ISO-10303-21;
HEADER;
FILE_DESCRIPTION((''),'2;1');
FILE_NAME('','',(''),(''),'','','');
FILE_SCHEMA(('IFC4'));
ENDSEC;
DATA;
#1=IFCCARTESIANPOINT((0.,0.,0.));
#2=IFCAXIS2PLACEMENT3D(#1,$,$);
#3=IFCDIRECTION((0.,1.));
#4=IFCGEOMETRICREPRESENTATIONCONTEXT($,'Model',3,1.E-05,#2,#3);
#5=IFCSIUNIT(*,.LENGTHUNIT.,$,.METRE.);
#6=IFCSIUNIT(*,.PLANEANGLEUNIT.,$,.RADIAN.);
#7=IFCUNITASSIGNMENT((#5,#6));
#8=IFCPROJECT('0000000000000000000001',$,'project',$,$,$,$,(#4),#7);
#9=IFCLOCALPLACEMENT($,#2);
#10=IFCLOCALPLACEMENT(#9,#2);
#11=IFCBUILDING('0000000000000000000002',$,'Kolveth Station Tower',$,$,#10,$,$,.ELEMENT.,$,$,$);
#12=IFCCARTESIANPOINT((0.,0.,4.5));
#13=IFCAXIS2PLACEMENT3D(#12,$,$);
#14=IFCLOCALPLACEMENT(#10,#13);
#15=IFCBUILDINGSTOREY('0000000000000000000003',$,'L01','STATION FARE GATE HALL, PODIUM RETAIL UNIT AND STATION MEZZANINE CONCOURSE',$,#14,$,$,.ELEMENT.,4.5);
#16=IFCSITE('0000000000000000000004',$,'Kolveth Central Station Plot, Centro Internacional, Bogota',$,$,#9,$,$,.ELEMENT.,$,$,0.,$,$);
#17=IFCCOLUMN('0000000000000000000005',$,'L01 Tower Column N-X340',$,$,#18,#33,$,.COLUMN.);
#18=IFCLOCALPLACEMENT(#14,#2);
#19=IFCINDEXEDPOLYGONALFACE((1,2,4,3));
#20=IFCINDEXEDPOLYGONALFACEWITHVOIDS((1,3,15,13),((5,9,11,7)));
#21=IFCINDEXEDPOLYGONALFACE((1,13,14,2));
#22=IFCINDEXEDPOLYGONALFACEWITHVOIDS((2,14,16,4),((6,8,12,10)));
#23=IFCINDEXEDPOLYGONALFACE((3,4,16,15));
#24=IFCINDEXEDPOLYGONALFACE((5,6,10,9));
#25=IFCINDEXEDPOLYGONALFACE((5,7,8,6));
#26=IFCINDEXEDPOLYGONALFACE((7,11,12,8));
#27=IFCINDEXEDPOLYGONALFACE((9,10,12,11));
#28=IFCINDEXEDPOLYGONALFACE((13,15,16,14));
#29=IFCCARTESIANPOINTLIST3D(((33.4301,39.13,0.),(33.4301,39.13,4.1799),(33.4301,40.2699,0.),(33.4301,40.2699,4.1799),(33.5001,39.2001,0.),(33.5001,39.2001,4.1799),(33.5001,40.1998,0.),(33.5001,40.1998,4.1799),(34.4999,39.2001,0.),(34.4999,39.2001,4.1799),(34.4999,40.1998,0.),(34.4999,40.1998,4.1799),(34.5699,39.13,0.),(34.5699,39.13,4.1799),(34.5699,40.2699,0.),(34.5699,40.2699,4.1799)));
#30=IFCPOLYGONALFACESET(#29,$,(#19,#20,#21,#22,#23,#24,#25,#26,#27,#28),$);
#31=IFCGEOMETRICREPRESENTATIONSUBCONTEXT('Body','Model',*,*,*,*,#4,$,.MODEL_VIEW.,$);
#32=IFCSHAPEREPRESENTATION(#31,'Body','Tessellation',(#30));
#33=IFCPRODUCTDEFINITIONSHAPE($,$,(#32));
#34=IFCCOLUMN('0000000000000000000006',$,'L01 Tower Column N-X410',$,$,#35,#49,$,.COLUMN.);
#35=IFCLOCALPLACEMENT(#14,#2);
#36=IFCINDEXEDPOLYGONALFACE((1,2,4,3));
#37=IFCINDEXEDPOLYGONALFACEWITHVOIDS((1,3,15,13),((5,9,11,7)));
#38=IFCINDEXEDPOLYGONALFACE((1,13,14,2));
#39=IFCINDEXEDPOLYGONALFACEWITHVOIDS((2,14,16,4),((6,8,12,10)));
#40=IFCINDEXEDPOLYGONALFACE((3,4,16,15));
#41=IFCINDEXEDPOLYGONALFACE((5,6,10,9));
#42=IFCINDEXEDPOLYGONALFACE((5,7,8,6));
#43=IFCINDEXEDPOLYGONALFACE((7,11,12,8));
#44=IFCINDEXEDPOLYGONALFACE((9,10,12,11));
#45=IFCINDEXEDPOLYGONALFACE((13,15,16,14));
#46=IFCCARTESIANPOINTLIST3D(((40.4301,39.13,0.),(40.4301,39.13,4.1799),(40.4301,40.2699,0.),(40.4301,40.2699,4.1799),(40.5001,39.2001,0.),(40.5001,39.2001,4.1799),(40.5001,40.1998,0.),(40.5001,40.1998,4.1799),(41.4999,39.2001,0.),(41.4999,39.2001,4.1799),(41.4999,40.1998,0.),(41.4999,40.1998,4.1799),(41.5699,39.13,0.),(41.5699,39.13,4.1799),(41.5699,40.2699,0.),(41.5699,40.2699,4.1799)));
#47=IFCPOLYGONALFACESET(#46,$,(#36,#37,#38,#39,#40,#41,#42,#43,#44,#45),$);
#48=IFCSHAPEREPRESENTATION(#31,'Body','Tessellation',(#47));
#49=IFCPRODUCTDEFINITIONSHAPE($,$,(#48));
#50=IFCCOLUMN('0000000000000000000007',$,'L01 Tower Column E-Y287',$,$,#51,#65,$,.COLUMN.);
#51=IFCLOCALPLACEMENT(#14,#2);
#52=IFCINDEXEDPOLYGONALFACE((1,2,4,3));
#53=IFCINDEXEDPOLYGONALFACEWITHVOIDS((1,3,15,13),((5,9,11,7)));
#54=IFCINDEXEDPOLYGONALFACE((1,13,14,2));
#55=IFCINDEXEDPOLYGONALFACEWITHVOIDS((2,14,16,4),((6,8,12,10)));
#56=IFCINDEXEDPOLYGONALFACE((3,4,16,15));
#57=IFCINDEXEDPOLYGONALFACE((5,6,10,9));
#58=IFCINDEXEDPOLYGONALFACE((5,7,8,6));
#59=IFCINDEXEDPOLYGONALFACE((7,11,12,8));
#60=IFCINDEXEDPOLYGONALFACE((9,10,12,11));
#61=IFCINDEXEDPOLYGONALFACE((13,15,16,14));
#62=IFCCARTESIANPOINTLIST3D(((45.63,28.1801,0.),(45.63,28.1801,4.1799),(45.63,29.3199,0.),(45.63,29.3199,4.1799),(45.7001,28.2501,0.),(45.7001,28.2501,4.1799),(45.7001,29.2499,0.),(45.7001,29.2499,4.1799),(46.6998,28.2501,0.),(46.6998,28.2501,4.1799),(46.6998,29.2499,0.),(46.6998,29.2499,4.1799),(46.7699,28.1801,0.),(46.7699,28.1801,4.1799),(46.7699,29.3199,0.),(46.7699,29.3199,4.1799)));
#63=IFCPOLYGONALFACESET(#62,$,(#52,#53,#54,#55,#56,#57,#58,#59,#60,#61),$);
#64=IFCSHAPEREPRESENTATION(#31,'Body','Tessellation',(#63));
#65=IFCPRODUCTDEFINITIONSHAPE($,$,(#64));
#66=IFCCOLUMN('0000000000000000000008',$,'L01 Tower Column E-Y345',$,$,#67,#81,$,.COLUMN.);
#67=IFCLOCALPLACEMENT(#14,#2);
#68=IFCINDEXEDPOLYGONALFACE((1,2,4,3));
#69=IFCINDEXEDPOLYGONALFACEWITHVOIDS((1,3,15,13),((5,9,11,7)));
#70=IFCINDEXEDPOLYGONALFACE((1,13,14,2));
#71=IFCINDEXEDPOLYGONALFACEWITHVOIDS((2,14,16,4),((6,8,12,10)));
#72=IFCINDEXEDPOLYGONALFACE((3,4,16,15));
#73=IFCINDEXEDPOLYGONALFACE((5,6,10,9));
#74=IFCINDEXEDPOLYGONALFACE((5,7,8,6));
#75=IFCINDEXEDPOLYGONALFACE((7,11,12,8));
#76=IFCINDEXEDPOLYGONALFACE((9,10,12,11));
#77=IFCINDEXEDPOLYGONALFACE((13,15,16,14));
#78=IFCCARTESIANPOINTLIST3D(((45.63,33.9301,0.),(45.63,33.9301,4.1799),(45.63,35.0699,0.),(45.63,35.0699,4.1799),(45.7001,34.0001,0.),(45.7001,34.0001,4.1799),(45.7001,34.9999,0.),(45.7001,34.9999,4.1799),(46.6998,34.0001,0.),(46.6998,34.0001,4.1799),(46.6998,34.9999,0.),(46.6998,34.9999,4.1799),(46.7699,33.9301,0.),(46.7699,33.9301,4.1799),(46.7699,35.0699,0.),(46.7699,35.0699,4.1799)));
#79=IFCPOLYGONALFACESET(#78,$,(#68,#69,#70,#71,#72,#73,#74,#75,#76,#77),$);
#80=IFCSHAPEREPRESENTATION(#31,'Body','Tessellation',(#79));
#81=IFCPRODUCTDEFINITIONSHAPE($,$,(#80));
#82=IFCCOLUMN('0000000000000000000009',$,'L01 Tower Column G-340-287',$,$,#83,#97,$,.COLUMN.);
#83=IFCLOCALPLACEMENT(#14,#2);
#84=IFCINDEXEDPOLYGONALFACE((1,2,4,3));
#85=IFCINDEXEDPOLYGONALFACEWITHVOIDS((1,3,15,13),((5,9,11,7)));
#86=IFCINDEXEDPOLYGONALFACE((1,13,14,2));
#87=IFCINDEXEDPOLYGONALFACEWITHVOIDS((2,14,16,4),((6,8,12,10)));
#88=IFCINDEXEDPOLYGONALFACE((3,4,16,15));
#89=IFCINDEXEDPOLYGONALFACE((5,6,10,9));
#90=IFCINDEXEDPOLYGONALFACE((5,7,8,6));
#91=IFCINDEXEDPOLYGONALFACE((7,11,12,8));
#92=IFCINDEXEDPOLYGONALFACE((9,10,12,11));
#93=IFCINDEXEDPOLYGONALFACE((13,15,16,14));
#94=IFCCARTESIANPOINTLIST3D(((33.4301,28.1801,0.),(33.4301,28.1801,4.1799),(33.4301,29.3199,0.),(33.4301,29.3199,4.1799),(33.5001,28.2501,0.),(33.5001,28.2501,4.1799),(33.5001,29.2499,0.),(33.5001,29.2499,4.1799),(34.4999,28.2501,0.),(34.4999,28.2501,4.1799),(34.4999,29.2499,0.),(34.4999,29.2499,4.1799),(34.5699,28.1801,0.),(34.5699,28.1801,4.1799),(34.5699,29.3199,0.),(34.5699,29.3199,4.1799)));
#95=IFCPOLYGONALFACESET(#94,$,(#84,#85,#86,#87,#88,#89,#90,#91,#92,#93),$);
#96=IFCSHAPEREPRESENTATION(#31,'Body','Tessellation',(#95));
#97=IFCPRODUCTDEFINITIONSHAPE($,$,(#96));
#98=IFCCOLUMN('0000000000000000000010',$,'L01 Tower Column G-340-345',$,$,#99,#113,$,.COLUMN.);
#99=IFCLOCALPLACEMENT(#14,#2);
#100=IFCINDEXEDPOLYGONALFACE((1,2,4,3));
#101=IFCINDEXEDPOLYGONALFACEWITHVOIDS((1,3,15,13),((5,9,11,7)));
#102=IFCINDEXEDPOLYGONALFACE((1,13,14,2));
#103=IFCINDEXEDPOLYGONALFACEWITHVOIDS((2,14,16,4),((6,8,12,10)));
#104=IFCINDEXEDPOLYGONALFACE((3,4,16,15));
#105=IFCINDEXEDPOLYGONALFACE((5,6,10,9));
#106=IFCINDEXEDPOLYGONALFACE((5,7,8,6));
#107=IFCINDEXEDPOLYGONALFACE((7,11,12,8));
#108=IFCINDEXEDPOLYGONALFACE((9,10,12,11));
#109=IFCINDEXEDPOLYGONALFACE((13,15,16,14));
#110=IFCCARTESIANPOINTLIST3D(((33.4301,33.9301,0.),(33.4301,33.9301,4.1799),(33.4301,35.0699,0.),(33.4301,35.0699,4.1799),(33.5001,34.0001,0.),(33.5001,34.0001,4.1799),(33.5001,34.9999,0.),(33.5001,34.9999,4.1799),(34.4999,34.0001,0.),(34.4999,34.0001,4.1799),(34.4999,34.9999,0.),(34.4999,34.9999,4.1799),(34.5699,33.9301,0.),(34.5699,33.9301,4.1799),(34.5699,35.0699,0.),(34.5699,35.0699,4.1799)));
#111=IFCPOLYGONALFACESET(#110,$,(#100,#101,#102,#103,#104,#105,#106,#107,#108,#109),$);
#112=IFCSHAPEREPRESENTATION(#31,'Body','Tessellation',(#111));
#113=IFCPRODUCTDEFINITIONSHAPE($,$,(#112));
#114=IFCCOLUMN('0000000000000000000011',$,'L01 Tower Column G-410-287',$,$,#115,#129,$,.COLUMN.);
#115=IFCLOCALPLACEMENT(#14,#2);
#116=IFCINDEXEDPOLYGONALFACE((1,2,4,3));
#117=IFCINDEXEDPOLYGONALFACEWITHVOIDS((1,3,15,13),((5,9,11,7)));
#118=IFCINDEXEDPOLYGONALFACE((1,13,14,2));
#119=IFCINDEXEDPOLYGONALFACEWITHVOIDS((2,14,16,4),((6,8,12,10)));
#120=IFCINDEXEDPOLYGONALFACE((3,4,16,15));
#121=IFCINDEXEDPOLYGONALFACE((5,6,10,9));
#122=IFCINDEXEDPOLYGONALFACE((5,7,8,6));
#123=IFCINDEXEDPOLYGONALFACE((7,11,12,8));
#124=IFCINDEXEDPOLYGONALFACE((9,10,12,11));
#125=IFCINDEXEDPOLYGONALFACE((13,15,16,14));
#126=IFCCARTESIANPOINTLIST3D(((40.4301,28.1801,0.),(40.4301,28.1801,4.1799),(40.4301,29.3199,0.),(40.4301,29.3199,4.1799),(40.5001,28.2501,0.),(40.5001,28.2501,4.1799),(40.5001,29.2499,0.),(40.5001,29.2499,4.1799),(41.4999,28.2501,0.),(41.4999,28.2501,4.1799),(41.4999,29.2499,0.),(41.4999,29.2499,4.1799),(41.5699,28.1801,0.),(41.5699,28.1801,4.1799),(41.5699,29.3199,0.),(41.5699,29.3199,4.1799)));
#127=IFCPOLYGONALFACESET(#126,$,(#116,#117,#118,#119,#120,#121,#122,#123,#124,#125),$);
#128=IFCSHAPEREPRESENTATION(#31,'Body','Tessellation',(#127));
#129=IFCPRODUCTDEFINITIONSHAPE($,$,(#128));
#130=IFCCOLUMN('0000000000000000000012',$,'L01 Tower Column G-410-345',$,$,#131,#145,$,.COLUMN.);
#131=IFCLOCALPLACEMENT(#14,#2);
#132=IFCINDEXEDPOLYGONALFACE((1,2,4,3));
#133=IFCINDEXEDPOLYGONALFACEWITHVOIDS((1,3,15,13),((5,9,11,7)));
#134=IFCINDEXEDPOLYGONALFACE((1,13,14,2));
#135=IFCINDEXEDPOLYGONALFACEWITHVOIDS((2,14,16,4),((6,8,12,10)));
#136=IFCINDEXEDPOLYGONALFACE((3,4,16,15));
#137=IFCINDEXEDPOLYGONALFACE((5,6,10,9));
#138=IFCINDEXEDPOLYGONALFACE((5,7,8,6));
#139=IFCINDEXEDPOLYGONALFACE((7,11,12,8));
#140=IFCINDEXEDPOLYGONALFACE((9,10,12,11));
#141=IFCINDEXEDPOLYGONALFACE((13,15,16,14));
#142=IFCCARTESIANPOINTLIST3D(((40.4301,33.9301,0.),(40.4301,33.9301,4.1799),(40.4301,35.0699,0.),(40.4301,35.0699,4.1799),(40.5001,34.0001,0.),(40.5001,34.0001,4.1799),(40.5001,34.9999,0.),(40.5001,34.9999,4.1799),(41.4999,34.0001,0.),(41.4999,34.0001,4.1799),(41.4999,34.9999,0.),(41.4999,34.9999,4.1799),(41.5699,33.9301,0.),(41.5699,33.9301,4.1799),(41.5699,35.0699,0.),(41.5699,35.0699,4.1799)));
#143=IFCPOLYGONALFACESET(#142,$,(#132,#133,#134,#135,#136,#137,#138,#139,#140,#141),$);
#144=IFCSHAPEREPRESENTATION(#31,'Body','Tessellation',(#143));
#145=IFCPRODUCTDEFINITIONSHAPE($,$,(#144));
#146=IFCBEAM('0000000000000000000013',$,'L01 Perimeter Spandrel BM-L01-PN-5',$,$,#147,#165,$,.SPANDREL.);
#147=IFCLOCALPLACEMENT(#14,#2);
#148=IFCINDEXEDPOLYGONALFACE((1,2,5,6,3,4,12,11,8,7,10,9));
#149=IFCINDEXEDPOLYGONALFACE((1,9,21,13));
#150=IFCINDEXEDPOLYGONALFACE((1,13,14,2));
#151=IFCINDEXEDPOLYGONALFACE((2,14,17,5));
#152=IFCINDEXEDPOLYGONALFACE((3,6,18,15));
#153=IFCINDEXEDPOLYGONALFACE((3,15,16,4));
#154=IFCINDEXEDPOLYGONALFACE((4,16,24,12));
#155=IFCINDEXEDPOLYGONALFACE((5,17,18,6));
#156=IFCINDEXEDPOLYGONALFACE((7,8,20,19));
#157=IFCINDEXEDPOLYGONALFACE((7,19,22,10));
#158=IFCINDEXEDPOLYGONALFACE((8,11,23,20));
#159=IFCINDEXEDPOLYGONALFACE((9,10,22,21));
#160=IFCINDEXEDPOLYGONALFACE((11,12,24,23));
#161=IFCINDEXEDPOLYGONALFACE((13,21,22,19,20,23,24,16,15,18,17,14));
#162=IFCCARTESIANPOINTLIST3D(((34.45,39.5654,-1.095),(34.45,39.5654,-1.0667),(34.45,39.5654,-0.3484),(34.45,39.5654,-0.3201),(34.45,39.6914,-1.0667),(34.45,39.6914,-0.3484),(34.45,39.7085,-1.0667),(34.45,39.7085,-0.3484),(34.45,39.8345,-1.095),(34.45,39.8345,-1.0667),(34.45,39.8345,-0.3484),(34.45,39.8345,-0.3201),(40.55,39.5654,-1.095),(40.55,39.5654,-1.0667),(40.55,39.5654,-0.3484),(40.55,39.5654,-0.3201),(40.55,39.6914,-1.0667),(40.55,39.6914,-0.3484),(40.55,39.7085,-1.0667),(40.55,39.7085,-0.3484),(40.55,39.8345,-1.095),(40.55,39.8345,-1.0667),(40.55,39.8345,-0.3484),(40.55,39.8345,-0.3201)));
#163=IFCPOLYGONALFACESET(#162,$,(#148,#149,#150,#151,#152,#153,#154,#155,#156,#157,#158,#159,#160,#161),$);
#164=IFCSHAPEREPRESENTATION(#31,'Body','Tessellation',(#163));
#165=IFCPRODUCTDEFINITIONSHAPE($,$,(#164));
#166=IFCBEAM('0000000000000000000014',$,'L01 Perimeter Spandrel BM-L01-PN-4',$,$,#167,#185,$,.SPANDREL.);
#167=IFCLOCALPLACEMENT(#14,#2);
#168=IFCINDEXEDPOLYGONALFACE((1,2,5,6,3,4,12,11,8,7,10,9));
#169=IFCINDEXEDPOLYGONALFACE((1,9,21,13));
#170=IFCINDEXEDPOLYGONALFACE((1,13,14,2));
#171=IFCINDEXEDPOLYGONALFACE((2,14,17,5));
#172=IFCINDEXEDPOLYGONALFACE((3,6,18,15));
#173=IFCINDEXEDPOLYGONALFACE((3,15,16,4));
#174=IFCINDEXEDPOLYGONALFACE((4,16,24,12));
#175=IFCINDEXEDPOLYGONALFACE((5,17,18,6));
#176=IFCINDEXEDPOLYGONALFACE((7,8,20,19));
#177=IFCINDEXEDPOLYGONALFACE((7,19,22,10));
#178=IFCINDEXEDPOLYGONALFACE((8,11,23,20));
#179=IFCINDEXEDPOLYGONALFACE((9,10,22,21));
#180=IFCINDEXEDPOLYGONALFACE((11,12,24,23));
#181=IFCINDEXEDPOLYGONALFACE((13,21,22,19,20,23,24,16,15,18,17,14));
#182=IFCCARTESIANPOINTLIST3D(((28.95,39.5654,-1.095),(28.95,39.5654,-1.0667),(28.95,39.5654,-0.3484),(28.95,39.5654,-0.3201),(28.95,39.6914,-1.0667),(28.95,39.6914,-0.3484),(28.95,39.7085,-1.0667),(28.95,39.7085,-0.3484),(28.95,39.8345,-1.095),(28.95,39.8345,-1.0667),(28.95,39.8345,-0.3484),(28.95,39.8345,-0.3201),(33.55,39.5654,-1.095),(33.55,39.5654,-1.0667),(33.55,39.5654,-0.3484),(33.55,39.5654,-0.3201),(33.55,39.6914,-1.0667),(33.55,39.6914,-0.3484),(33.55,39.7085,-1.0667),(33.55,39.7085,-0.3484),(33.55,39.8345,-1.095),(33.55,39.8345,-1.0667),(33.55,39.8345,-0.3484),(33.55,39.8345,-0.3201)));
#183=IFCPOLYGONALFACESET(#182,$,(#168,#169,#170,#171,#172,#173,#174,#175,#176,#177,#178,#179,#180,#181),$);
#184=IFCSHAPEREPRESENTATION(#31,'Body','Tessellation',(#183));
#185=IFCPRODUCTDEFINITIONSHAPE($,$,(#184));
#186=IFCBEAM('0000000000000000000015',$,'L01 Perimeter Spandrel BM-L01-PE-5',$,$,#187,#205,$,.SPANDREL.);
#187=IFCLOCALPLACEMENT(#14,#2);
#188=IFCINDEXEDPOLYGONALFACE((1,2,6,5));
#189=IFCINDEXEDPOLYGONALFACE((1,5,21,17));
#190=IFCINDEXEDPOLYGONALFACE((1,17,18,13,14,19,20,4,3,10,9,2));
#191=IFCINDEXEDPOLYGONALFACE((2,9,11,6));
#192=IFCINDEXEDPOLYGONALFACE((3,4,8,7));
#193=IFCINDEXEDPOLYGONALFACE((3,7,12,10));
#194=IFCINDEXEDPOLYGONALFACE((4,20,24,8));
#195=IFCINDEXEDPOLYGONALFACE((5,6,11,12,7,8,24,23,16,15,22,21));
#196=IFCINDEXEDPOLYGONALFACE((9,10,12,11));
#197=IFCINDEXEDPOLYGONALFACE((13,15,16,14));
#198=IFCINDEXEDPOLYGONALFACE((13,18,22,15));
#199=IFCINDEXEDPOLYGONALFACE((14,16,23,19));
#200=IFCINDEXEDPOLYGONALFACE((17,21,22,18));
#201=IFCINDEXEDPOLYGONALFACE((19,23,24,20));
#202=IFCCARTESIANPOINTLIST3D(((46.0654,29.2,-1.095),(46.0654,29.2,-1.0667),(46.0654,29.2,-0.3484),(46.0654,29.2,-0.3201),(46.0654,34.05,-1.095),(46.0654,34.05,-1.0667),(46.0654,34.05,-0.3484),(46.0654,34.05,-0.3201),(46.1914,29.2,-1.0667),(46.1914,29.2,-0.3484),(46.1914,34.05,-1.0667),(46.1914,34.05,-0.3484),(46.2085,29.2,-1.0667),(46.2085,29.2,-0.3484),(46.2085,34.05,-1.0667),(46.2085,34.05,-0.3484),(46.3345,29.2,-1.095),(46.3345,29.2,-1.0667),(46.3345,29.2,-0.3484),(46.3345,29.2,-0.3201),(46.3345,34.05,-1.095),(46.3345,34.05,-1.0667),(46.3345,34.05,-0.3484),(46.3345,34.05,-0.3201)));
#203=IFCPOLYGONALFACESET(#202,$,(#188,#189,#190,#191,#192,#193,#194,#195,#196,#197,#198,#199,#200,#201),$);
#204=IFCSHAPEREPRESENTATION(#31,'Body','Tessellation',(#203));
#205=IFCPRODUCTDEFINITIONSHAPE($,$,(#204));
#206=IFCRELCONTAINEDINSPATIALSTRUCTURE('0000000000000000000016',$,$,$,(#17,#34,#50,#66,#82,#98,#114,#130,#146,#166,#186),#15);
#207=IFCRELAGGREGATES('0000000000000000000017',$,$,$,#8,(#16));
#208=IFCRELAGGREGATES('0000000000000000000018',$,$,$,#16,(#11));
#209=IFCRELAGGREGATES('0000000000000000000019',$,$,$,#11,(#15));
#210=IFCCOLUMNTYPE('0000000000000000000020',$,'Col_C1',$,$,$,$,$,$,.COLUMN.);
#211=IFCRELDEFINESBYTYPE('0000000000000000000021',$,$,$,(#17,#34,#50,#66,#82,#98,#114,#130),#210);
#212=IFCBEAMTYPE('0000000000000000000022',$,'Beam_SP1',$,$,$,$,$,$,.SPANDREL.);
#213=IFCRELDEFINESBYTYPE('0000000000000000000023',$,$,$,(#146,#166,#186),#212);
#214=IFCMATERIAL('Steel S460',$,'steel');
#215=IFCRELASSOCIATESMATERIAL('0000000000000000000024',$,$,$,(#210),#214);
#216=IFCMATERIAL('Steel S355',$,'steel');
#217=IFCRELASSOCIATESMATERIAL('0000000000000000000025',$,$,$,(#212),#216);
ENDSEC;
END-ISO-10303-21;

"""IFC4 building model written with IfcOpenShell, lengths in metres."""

from ifc_helpers import new_model, si_unit, direction, frame, origin, origin_2d, place, context, subcontext, project, spatial, hollow_rectangle, i_section, extrude, source, transform, mapped, material, material_profile, profile_set, type_object, element, save


model = new_model("IFC4")

# Units and contexts
model_context = context("Model", 3, precision=1e-05, world=origin(), true_north=direction((0.0, 1.0)))
body_context = subcontext(model_context, "Body", "Model", "MODEL_VIEW")
ifc_project = project(units=[si_unit("LENGTHUNIT", "METRE"), si_unit("PLANEANGLEUNIT", "RADIAN")], contexts=[model_context])

# Site, building, storey
site_placement = place(None, origin())
site = spatial("IfcSite", under=ifc_project, at=site_placement, Name="Kolveth Central Station Plot, Centro Internacional, Bogota", CompositionType="ELEMENT", RefElevation=0.0)
building_placement = place(site_placement, origin())
building = spatial("IfcBuilding", under=site, at=building_placement, Name="Kolveth Station Tower", CompositionType="ELEMENT")
storey_placement = place(building_placement, frame((0.0, 0.0, 4.5)))
storey = spatial("IfcBuildingStorey", under=building, at=storey_placement, Name="L01", Description="STATION FARE GATE HALL, PODIUM RETAIL UNIT AND STATION MEZZANINE CONCOURSE", CompositionType="ELEMENT", Elevation=4.5)

# Columns
ifc_material_1 = material(Name="Steel S460", Category="steel")
ifc_material_profile_1 = material_profile(ifc_material_1, hollow_rectangle(XDim=1.1399, YDim=1.1399, WallThickness=0.0701, at=origin_2d()), Name="BOX1140x1140x70")
ifc_profile_set_1 = profile_set([ifc_material_profile_1], Name="Steel S460")
column_type = type_object("IfcColumnType", Name="Col_C1", PredefinedType="COLUMN", material=ifc_profile_set_1)
shared_shape_1 = source(origin(), body_context, "Body", "SweptSolid", [
    extrude(hollow_rectangle(XDim=1.1399, YDim=1.1399, WallThickness=0.0701, at=origin_2d()), origin(), (0.0, 0.0, 1.0), 4.1799),
])
for number, where, z_axis, x_axis, name in (
    (1, (34.0, 39.7, 0.0), (0.0, 0.0, 1.0), (1.0, 0.0, 0.0), "L01 Tower Column N-X340"),
    (2, (41.0, 39.7, 0.0), (0.0, 0.0, 1.0), (1.0, 0.0, 0.0), "L01 Tower Column N-X410"),
    (3, (46.2, 28.75, 0.0), (0.0, 0.0, 1.0), (1.0, 0.0, 0.0), "L01 Tower Column E-Y287"),
    (4, (46.2, 34.5, 0.0), (0.0, 0.0, 1.0), (1.0, 0.0, 0.0), "L01 Tower Column E-Y345"),
    (5, (34.0, 28.75, 0.0), (0.0, 0.0, 1.0), (1.0, 0.0, 0.0), "L01 Tower Column G-340-287"),
    (6, (34.0, 34.5, 0.0), (0.0, 0.0, 1.0), (1.0, 0.0, 0.0), "L01 Tower Column G-340-345"),
    (7, (41.0, 28.75, 0.0), (0.0, 0.0, 1.0), (1.0, 0.0, 0.0), "L01 Tower Column G-410-287"),
    (8, (41.0, 34.5, 0.0), (0.0, 0.0, 1.0), (1.0, 0.0, 0.0), "L01 Tower Column G-410-345"),
):
    element("IfcColumn", number, at=place(storey_placement, frame(where, z_axis=z_axis, x_axis=x_axis)), inside=storey, type_object=column_type, Name=name, PredefinedType="COLUMN", context=body_context, shape_type="MappedRepresentation", body=[
        mapped(shared_shape_1, transform((0.0, 0.0, 0.0), x_axis=(1.0, 0.0, 0.0), y_axis=(0.0, 1.0, 0.0), z_axis=(0.0, 0.0, 1.0), scale=1.0)),
    ])

# Beams
ifc_material_2 = material(Name="Steel S355", Category="steel")
ifc_material_profile_2 = material_profile(ifc_material_2, i_section(OverallWidth=0.269, OverallDepth=0.7749, WebThickness=0.0171, FlangeThickness=0.0283, at=origin_2d()), Name="W760x220")
ifc_profile_set_2 = profile_set([ifc_material_profile_2], Name="Steel S355")
beam_type_1 = type_object("IfcBeamType", Name="Beam_SP1", PredefinedType="SPANDREL", material=ifc_profile_set_2)
shared_shape_2 = source(origin(), body_context, "Body", "SweptSolid", [
    extrude(i_section(OverallWidth=0.269, OverallDepth=0.7749, WebThickness=0.0171, FlangeThickness=0.0283, at=origin_2d()), origin(), (0.0, 0.0, 1.0), 6.1001),
])
beam_1_placement = place(storey_placement, frame((34.45, 39.7, -0.7075), z_axis=(1.0, 0.0, 0.0), x_axis=(0.0, 1.0, 0.0)))
element("IfcBeam", 9, at=beam_1_placement, inside=storey, type_object=beam_type_1, Name="L01 Perimeter Spandrel BM-L01-PN-5", PredefinedType="SPANDREL", context=body_context, shape_type="MappedRepresentation", body=[
    mapped(shared_shape_2, transform((0.0, 0.0, 0.0), x_axis=(1.0, 0.0, 0.0), y_axis=(0.0, 1.0, 0.0), z_axis=(0.0, 0.0, 1.0), scale=1.0)),
])
shared_shape_3 = source(origin(), body_context, "Body", "SweptSolid", [
    extrude(i_section(OverallWidth=0.269, OverallDepth=0.7749, WebThickness=0.0171, FlangeThickness=0.0283, at=origin_2d()), origin(), (0.0, 0.0, 1.0), 4.6001),
])
beam_2_placement = place(storey_placement, frame((28.95, 39.7, -0.7075), z_axis=(1.0, 0.0, 0.0), x_axis=(0.0, 1.0, 0.0)))
element("IfcBeam", 10, at=beam_2_placement, inside=storey, type_object=beam_type_1, Name="L01 Perimeter Spandrel BM-L01-PN-4", PredefinedType="SPANDREL", context=body_context, shape_type="MappedRepresentation", body=[
    mapped(shared_shape_3, transform((0.0, 0.0, 0.0), x_axis=(1.0, 0.0, 0.0), y_axis=(0.0, 1.0, 0.0), z_axis=(0.0, 0.0, 1.0), scale=1.0)),
])
shared_shape_4 = source(origin(), body_context, "Body", "SweptSolid", [
    extrude(i_section(OverallWidth=0.269, OverallDepth=0.7749, WebThickness=0.0171, FlangeThickness=0.0283, at=origin_2d()), origin(), (0.0, 0.0, 1.0), 4.8501),
])
beam_3_placement = place(storey_placement, frame((46.2, 29.2, -0.7075), z_axis=(0.0, 1.0, 0.0), x_axis=(-1.0, 0.0, 0.0)))
element("IfcBeam", 11, at=beam_3_placement, inside=storey, type_object=beam_type_1, Name="L01 Perimeter Spandrel BM-L01-PE-5", PredefinedType="SPANDREL", context=body_context, shape_type="MappedRepresentation", body=[
    mapped(shared_shape_4, transform((0.0, 0.0, 0.0), x_axis=(1.0, 0.0, 0.0), y_axis=(0.0, 1.0, 0.0), z_axis=(0.0, 0.0, 1.0), scale=1.0)),
])

save(model, "model.ifc")
